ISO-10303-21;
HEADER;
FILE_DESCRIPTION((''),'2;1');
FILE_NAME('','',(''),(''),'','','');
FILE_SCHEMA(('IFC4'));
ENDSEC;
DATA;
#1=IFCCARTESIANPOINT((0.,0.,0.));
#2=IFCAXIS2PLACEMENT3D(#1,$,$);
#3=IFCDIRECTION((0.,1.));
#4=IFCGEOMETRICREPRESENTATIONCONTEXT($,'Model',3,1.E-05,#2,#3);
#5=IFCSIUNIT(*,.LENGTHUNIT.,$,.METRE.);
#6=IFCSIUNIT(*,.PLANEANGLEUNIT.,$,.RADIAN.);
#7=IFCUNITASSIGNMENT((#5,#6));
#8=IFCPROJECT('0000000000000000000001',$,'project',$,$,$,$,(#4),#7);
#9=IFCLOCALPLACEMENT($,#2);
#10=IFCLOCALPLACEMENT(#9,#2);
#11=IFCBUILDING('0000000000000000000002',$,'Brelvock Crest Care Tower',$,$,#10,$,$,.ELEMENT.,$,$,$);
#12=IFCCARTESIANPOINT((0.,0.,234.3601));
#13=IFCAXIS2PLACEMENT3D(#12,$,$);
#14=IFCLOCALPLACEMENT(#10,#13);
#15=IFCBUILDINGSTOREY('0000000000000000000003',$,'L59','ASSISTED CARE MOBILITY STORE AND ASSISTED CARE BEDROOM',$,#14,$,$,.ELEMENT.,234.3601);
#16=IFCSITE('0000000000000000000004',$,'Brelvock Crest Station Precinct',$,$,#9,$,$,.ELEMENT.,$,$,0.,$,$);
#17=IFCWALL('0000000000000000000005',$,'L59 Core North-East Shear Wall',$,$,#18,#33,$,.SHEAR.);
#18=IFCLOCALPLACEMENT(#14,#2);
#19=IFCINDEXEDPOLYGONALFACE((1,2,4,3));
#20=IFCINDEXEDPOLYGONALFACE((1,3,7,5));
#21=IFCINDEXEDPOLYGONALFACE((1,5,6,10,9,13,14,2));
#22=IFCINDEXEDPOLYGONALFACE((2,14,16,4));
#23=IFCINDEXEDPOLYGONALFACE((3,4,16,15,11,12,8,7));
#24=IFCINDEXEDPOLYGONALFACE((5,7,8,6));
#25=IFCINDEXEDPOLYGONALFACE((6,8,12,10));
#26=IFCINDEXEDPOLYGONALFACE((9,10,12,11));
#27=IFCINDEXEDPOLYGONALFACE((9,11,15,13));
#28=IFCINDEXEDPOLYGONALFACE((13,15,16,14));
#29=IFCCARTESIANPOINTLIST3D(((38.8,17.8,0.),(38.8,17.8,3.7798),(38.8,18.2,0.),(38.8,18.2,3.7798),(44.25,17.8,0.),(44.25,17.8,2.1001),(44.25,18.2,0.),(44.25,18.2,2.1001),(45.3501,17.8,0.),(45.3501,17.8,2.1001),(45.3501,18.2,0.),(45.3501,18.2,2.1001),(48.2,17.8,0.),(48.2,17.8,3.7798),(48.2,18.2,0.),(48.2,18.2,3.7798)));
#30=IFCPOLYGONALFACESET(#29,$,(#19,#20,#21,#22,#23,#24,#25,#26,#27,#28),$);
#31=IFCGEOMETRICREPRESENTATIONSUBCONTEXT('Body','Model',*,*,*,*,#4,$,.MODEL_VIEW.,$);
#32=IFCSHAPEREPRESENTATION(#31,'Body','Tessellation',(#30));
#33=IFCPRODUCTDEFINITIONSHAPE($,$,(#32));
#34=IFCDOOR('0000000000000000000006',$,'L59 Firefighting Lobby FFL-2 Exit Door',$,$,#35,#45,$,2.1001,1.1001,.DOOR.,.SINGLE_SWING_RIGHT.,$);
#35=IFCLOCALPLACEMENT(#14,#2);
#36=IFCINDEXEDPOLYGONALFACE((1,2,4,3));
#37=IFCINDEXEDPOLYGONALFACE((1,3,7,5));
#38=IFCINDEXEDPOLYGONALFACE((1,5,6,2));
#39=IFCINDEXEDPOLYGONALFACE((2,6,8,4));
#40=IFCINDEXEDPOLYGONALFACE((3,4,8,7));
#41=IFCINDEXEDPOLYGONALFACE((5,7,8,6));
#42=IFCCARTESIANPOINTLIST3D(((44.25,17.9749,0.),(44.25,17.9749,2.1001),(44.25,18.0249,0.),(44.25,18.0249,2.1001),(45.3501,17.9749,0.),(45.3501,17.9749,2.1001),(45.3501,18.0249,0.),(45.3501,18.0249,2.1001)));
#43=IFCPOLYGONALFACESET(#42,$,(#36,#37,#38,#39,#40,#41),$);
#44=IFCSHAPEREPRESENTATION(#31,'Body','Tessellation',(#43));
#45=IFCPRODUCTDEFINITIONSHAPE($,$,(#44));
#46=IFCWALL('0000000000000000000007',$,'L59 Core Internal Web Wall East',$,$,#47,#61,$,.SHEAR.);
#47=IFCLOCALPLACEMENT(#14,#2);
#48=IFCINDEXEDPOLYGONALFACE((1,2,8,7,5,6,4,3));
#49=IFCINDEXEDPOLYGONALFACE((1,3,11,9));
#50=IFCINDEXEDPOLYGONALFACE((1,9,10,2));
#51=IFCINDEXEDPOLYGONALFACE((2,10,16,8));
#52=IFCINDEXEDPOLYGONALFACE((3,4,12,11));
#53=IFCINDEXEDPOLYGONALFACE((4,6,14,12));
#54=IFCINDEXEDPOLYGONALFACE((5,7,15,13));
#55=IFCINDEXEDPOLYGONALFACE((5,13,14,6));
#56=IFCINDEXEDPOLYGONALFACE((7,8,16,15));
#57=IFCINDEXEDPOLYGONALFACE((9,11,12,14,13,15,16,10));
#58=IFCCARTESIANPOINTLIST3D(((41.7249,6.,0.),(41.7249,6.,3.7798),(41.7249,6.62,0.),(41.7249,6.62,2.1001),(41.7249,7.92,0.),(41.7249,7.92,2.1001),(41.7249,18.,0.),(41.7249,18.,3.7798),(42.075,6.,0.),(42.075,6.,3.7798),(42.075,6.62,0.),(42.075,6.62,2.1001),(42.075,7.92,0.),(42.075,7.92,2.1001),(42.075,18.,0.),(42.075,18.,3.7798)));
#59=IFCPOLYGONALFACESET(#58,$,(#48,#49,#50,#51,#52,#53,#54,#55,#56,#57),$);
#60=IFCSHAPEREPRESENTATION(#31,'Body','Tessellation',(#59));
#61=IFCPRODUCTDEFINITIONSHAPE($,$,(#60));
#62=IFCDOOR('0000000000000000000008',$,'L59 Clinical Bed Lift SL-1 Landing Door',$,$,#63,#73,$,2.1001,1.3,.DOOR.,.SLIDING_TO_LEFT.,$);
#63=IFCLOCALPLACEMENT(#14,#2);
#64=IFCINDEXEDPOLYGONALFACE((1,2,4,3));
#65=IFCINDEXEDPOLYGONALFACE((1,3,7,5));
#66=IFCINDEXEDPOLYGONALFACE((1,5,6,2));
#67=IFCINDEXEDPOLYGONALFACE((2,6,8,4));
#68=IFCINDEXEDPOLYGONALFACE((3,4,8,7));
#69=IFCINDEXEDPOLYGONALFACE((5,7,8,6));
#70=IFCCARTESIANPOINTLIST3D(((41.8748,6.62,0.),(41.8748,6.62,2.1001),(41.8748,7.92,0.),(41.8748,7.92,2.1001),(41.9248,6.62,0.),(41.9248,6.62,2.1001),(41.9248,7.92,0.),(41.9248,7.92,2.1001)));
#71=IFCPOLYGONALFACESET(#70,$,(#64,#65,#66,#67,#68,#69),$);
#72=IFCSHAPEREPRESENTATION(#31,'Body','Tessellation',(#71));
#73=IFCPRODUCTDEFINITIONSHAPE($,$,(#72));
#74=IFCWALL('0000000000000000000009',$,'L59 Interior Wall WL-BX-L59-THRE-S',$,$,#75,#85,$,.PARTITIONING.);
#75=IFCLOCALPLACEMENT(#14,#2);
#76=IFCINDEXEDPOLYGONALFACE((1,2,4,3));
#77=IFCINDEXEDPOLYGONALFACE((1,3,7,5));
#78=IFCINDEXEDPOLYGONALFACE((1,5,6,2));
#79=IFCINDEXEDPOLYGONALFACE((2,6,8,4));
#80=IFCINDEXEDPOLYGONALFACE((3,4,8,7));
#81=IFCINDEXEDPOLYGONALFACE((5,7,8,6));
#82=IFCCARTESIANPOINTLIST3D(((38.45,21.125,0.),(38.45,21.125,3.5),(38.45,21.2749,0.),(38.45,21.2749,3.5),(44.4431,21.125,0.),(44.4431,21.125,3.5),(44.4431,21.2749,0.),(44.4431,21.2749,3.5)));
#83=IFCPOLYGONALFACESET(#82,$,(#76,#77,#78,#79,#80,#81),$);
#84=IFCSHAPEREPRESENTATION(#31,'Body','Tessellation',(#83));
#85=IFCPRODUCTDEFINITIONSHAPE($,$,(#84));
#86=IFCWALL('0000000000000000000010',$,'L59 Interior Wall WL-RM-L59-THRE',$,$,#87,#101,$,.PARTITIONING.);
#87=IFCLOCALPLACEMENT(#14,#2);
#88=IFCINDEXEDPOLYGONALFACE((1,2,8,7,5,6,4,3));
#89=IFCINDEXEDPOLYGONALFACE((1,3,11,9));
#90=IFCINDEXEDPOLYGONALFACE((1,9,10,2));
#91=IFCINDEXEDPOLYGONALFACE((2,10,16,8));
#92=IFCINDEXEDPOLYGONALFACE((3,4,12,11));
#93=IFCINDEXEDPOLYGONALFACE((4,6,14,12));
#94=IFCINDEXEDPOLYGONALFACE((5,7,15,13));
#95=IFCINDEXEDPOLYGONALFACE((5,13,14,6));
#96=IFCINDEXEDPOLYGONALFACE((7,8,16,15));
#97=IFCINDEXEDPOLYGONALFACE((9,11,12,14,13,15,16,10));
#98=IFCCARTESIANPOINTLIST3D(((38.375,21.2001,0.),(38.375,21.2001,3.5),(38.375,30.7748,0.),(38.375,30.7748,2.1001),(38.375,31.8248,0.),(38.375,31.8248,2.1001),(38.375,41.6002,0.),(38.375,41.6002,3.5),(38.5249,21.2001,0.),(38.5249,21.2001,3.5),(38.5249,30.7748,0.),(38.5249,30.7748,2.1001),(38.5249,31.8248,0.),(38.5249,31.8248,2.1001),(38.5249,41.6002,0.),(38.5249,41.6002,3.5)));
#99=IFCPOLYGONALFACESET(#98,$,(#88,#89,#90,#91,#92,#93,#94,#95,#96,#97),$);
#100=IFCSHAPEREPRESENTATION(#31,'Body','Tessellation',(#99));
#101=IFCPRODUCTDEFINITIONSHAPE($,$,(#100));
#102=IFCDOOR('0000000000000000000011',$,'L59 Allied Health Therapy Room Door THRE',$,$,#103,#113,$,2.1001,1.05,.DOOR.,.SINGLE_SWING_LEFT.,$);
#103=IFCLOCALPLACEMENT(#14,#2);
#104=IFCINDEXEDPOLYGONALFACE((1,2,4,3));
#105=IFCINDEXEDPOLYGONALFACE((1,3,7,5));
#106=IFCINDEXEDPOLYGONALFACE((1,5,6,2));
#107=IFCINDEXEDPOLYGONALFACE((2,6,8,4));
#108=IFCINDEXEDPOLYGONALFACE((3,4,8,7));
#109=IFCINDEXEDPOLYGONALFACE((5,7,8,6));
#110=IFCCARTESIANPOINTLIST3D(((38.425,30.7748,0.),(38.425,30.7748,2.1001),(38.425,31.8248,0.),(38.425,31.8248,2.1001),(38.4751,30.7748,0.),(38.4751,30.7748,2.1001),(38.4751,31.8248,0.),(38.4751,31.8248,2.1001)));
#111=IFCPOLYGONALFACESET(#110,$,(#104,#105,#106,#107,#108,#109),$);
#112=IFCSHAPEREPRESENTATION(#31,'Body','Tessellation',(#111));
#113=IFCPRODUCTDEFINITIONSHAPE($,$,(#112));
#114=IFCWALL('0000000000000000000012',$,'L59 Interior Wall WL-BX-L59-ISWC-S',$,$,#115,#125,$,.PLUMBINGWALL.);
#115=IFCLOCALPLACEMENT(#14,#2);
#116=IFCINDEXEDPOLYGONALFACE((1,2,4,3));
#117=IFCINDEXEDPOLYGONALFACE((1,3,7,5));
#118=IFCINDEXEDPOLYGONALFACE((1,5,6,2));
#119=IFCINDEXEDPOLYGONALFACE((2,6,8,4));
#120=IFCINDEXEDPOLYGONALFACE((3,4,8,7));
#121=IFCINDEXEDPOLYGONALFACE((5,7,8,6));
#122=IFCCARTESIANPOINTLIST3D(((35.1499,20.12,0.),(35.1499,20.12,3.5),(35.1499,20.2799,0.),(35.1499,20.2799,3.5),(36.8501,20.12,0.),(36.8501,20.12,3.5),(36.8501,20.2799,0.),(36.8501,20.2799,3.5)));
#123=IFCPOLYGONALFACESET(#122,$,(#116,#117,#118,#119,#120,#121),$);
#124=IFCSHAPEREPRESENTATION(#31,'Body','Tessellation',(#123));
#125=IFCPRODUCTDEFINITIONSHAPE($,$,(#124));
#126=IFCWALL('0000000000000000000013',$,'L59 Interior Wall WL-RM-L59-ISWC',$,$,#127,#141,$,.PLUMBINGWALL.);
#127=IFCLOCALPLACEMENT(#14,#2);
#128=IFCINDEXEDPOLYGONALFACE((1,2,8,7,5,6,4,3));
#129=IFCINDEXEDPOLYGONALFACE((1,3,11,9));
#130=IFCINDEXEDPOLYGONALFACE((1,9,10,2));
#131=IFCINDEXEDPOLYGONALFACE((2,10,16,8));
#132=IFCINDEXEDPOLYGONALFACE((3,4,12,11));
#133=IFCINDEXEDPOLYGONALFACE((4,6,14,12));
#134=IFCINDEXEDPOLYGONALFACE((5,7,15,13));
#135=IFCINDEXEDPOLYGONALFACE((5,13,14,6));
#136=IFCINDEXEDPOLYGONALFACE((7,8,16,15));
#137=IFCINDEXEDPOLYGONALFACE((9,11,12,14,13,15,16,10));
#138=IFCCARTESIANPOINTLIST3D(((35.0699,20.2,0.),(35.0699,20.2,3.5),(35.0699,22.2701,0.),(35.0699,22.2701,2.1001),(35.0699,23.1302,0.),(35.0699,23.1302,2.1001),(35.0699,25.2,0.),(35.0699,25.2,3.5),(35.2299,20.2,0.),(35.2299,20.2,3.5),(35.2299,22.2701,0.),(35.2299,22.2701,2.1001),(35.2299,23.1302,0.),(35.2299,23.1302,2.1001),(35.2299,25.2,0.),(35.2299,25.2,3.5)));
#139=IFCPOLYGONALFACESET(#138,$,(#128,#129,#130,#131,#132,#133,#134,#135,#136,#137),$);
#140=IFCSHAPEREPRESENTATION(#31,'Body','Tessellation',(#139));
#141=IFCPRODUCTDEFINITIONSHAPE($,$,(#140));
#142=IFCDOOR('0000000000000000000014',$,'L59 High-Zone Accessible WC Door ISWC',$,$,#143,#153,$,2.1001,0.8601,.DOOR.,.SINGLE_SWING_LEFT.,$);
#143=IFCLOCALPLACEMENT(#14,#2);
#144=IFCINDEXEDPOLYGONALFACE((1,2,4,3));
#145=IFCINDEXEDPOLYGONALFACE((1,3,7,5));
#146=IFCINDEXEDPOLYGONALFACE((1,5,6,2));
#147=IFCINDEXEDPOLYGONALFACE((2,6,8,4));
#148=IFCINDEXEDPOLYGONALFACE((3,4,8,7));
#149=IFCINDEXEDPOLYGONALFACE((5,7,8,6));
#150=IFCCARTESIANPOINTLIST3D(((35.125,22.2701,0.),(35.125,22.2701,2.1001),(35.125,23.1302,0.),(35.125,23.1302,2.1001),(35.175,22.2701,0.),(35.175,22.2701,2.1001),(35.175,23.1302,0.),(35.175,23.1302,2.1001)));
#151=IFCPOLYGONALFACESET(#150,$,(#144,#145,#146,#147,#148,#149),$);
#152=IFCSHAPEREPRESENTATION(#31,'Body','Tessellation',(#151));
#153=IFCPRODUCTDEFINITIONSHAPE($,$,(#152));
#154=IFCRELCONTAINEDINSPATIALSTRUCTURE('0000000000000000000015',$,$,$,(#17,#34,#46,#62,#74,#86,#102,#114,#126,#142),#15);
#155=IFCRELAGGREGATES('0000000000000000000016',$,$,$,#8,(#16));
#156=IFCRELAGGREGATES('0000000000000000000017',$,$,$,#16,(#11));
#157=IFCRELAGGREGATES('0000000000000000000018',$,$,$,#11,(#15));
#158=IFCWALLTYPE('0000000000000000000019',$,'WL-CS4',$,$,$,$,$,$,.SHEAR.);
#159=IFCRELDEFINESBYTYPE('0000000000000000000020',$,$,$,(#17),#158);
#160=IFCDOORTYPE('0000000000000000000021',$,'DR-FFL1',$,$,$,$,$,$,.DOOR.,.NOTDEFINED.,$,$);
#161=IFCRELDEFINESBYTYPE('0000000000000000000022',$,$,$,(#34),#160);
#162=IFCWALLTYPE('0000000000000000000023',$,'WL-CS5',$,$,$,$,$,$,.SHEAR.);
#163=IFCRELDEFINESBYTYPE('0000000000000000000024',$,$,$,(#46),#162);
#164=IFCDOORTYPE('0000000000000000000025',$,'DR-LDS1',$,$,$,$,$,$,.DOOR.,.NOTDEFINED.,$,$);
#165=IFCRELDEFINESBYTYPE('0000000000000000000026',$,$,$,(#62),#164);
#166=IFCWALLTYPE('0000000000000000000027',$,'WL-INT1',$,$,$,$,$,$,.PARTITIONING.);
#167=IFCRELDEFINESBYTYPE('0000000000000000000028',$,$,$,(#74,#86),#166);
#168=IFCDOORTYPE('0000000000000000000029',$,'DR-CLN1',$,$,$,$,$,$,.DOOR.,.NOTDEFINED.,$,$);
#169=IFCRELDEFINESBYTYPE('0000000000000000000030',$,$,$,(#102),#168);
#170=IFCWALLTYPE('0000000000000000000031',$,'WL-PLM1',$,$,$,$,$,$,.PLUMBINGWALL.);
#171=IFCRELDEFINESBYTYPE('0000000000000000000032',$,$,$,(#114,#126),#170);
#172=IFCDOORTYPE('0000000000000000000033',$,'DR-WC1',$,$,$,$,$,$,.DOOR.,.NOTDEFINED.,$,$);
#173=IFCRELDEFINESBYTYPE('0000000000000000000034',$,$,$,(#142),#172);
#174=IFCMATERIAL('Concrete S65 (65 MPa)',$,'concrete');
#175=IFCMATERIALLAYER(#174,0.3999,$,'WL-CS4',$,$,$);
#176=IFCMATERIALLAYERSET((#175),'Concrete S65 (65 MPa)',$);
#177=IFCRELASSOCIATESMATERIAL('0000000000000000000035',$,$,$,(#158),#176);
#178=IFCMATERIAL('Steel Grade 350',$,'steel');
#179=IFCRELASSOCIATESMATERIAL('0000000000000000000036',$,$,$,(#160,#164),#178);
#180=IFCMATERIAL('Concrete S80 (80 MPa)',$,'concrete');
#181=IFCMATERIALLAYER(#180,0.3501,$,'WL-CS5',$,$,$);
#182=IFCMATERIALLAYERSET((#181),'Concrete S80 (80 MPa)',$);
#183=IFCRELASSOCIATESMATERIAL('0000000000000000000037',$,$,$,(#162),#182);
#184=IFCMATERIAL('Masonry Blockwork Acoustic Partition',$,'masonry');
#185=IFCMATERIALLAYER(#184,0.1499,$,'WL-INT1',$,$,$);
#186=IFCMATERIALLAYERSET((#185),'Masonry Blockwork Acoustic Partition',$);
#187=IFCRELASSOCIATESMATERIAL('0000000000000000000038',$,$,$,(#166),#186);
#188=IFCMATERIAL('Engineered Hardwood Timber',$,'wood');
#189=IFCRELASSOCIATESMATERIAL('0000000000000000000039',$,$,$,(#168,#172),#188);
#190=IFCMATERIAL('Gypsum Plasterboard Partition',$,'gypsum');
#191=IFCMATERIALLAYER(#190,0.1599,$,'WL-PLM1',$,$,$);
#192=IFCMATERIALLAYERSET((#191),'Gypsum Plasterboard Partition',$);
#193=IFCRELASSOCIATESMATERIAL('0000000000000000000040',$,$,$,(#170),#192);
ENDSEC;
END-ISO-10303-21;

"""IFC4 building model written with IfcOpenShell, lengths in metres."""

from ifc_helpers import new_model, si_unit, direction, frame, frame_2d, origin, origin_2d, place, context, subcontext, project, spatial, rectangle, extrude, source, transform, mapped, material, layer, layer_set, type_object, element, fill, save


model = new_model("IFC4")

# Units and contexts
model_context = context("Model", 3, precision=1e-05, world=origin(), true_north=direction((0.0, 1.0)))
body_context = subcontext(model_context, "Body", "Model", "MODEL_VIEW")
ifc_project = project(units=[si_unit("LENGTHUNIT", "METRE"), si_unit("PLANEANGLEUNIT", "RADIAN")], contexts=[model_context])

# Site, building, storey
site_placement = place(None, origin())
site = spatial("IfcSite", under=ifc_project, at=site_placement, Name="Brelvock Crest Station Precinct", CompositionType="ELEMENT", RefElevation=0.0)
building_placement = place(site_placement, origin())
building = spatial("IfcBuilding", under=site, at=building_placement, Name="Brelvock Crest Care Tower", CompositionType="ELEMENT")
storey_placement = place(building_placement, frame((0.0, 0.0, 234.3601)))
storey = spatial("IfcBuildingStorey", under=building, at=storey_placement, Name="L59", Description="ASSISTED CARE MOBILITY STORE AND ASSISTED CARE BEDROOM", CompositionType="ELEMENT", Elevation=234.3601)

# Shared definitions
ifc_material_1 = material(Name="Concrete S65 (65 MPa)", Category="concrete")

# Shared definitions
ifc_material_2 = material(Name="Steel Grade 350", Category="steel")

# Walls, openings, doors
ifc_layer_1 = layer(ifc_material_1, 0.3999, Name="WL-CS4")
ifc_layer_set_1 = layer_set([ifc_layer_1], Name="Concrete S65 (65 MPa)")
wall_type_1 = type_object("IfcWallType", Name="WL-CS4", PredefinedType="SHEAR", material=ifc_layer_set_1)
wall_1_placement = place(storey_placement, frame((38.8, 18.0, 0.0), z_axis=(0.0, 0.0, 1.0), x_axis=(1.0, 0.0, 0.0)))
wall_1 = element("IfcWall", 1, at=wall_1_placement, inside=storey, type_object=wall_type_1, Name="L59 Core North-East Shear Wall", PredefinedType="SHEAR", context=body_context, shape_type="SweptSolid", body=[
    extrude(rectangle(XDim=9.3999, YDim=0.3999, at=frame_2d((4.7, 0.0))), origin(), (0.0, 0.0, 1.0), 3.7798),
])
opening_1_placement = place(wall_1_placement, frame((5.45, 0.0, 0.0)))
opening_1 = element("IfcOpeningElement", 2, at=opening_1_placement, cuts=wall_1, PredefinedType="OPENING", context=body_context, shape_type="SweptSolid", body=[
    extrude(rectangle(XDim=1.1001, YDim=2.1001, at=origin_2d()), frame((0.55, 0.21, 1.05), z_axis=(0.0, -1.0, 0.0), x_axis=(1.0, 0.0, 0.0)), (0.0, 0.0, 1.0), 0.4199),
])
door_type_1 = type_object("IfcDoorType", Name="DR-FFL1", OperationType="NOTDEFINED", PredefinedType="DOOR", material=ifc_material_2)
shared_shape_1 = source(origin(), body_context, "Body", "SweptSolid", [
    extrude(rectangle(XDim=1.1001, YDim=2.1001, at=origin_2d()), frame((0.55, 0.0249, 1.05), z_axis=(0.0, -1.0, 0.0), x_axis=(1.0, 0.0, 0.0)), (0.0, 0.0, 1.0), 0.05),
])
door_1_placement = place(opening_1_placement, origin())
door_1 = element("IfcDoor", 3, at=door_1_placement, inside=storey, type_object=door_type_1, Name="L59 Firefighting Lobby FFL-2 Exit Door", OperationType="SINGLE_SWING_RIGHT", OverallHeight=2.1001, OverallWidth=1.1001, PredefinedType="DOOR", context=body_context, shape_type="MappedRepresentation", body=[
    mapped(shared_shape_1, transform((0.0, 0.0, 0.0), x_axis=(1.0, 0.0, 0.0), y_axis=(0.0, 1.0, 0.0), z_axis=(0.0, 0.0, 1.0), scale=1.0)),
])
fill(opening_1, door_1)
ifc_material_3 = material(Name="Concrete S80 (80 MPa)", Category="concrete")
ifc_layer_2 = layer(ifc_material_3, 0.3501, Name="WL-CS5")
ifc_layer_set_2 = layer_set([ifc_layer_2], Name="Concrete S80 (80 MPa)")
wall_type_2 = type_object("IfcWallType", Name="WL-CS5", PredefinedType="SHEAR", material=ifc_layer_set_2)
wall_2_placement = place(storey_placement, frame((41.8999, 18.0, 0.0), z_axis=(0.0, 0.0, 1.0), x_axis=(0.0, -1.0, 0.0)))
wall_2 = element("IfcWall", 4, at=wall_2_placement, inside=storey, type_object=wall_type_2, Name="L59 Core Internal Web Wall East", PredefinedType="SHEAR", context=body_context, shape_type="SweptSolid", body=[
    extrude(rectangle(XDim=12.0, YDim=0.3501, at=frame_2d((6.0, 0.0))), origin(), (0.0, 0.0, 1.0), 3.7798),
])
opening_2_placement = place(wall_2_placement, frame((10.0801, 0.0, 0.0)))
opening_2 = element("IfcOpeningElement", 5, at=opening_2_placement, cuts=wall_2, PredefinedType="OPENING", context=body_context, shape_type="SweptSolid", body=[
    extrude(rectangle(XDim=1.3, YDim=2.1001, at=origin_2d()), frame((0.6499, 0.1851, 1.05), z_axis=(0.0, -1.0, 0.0), x_axis=(1.0, 0.0, 0.0)), (0.0, 0.0, 1.0), 0.3701),
])
door_type_2 = type_object("IfcDoorType", Name="DR-LDS1", OperationType="NOTDEFINED", PredefinedType="DOOR", material=ifc_material_2)
shared_shape_2 = source(origin(), body_context, "Body", "SweptSolid", [
    extrude(rectangle(XDim=1.3, YDim=2.1001, at=origin_2d()), frame((0.6499, 0.0249, 1.05), z_axis=(0.0, -1.0, 0.0), x_axis=(1.0, 0.0, 0.0)), (0.0, 0.0, 1.0), 0.05),
])
door_2_placement = place(opening_2_placement, origin())
door_2 = element("IfcDoor", 6, at=door_2_placement, inside=storey, type_object=door_type_2, Name="L59 Clinical Bed Lift SL-1 Landing Door", OperationType="SLIDING_TO_LEFT", OverallHeight=2.1001, OverallWidth=1.3, PredefinedType="DOOR", context=body_context, shape_type="MappedRepresentation", body=[
    mapped(shared_shape_2, transform((0.0, 0.0, 0.0), x_axis=(1.0, 0.0, 0.0), y_axis=(0.0, 1.0, 0.0), z_axis=(0.0, 0.0, 1.0), scale=1.0)),
])
fill(opening_2, door_2)

# Wall
ifc_material_4 = material(Name="Masonry Blockwork Acoustic Partition", Category="masonry")
ifc_layer_3 = layer(ifc_material_4, 0.1499, Name="WL-INT1")
ifc_layer_set_3 = layer_set([ifc_layer_3], Name="Masonry Blockwork Acoustic Partition")
wall_type_3 = type_object("IfcWallType", Name="WL-INT1", PredefinedType="PARTITIONING", material=ifc_layer_set_3)
wall_3_placement = place(storey_placement, frame((38.45, 21.2, 0.0), z_axis=(0.0, 0.0, 1.0), x_axis=(1.0, 0.0, 0.0)))
element("IfcWall", 7, at=wall_3_placement, inside=storey, type_object=wall_type_3, Name="L59 Interior Wall WL-BX-L59-THRE-S", PredefinedType="PARTITIONING", context=body_context, shape_type="SweptSolid", body=[
    extrude(rectangle(XDim=5.9932, YDim=0.1499, at=frame_2d((2.9966, 0.0))), origin(), (0.0, 0.0, 1.0), 3.5),
])

# Wall, opening, door
wall_4_placement = place(storey_placement, frame((38.45, 21.2, 0.0), z_axis=(0.0, 0.0, 1.0), x_axis=(0.0, 1.0, 0.0)))
wall_4 = element("IfcWall", 8, at=wall_4_placement, inside=storey, type_object=wall_type_3, Name="L59 Interior Wall WL-RM-L59-THRE", PredefinedType="PARTITIONING", context=body_context, shape_type="SweptSolid", body=[
    extrude(rectangle(XDim=20.4001, YDim=0.1499, at=frame_2d((10.2002, 0.0))), origin(), (0.0, 0.0, 1.0), 3.5),
])
opening_3_placement = place(wall_4_placement, frame((9.575, 0.0, 0.0)))
opening_3 = element("IfcOpeningElement", 9, at=opening_3_placement, cuts=wall_4, PredefinedType="OPENING", context=body_context, shape_type="SweptSolid", body=[
    extrude(rectangle(XDim=1.05, YDim=2.1001, at=origin_2d()), frame((0.5249, 0.085, 1.05), z_axis=(0.0, -1.0, 0.0), x_axis=(1.0, 0.0, 0.0)), (0.0, 0.0, 1.0), 0.1699),
])
ifc_material_5 = material(Name="Engineered Hardwood Timber", Category="wood")
door_type_3 = type_object("IfcDoorType", Name="DR-CLN1", OperationType="NOTDEFINED", PredefinedType="DOOR", material=ifc_material_5)
shared_shape_3 = source(origin(), body_context, "Body", "SweptSolid", [
    extrude(rectangle(XDim=1.05, YDim=2.1001, at=origin_2d()), frame((0.5249, 0.0249, 1.05), z_axis=(0.0, -1.0, 0.0), x_axis=(1.0, 0.0, 0.0)), (0.0, 0.0, 1.0), 0.05),
])
door_3_placement = place(opening_3_placement, origin())
door_3 = element("IfcDoor", 10, at=door_3_placement, inside=storey, type_object=door_type_3, Name="L59 Allied Health Therapy Room Door THRE", OperationType="SINGLE_SWING_LEFT", OverallHeight=2.1001, OverallWidth=1.05, PredefinedType="DOOR", context=body_context, shape_type="MappedRepresentation", body=[
    mapped(shared_shape_3, transform((0.0, 0.0, 0.0), x_axis=(1.0, 0.0, 0.0), y_axis=(0.0, 1.0, 0.0), z_axis=(0.0, 0.0, 1.0), scale=1.0)),
])
fill(opening_3, door_3)

# Wall
ifc_material_6 = material(Name="Gypsum Plasterboard Partition", Category="gypsum")
ifc_layer_4 = layer(ifc_material_6, 0.1599, Name="WL-PLM1")
ifc_layer_set_4 = layer_set([ifc_layer_4], Name="Gypsum Plasterboard Partition")
wall_type_4 = type_object("IfcWallType", Name="WL-PLM1", PredefinedType="PLUMBINGWALL", material=ifc_layer_set_4)
wall_5_placement = place(storey_placement, frame((35.1499, 20.2, 0.0), z_axis=(0.0, 0.0, 1.0), x_axis=(1.0, 0.0, 0.0)))
element("IfcWall", 11, at=wall_5_placement, inside=storey, type_object=wall_type_4, Name="L59 Interior Wall WL-BX-L59-ISWC-S", PredefinedType="PLUMBINGWALL", context=body_context, shape_type="SweptSolid", body=[
    extrude(rectangle(XDim=1.7002, YDim=0.1599, at=frame_2d((0.8501, 0.0))), origin(), (0.0, 0.0, 1.0), 3.5),
])

# Wall, opening, door
wall_6_placement = place(storey_placement, frame((35.1499, 20.2, 0.0), z_axis=(0.0, 0.0, 1.0), x_axis=(0.0, 1.0, 0.0)))
wall_6 = element("IfcWall", 12, at=wall_6_placement, inside=storey, type_object=wall_type_4, Name="L59 Interior Wall WL-RM-L59-ISWC", PredefinedType="PLUMBINGWALL", context=body_context, shape_type="SweptSolid", body=[
    extrude(rectangle(XDim=5.0, YDim=0.1599, at=frame_2d((2.5, 0.0))), origin(), (0.0, 0.0, 1.0), 3.5),
])
opening_4_placement = place(wall_6_placement, frame((2.0701, 0.0, 0.0)))
opening_4 = element("IfcOpeningElement", 13, at=opening_4_placement, cuts=wall_6, PredefinedType="OPENING", context=body_context, shape_type="SweptSolid", body=[
    extrude(rectangle(XDim=0.8601, YDim=2.1001, at=origin_2d()), frame((0.4302, 0.0898, 1.05), z_axis=(0.0, -1.0, 0.0), x_axis=(1.0, 0.0, 0.0)), (0.0, 0.0, 1.0), 0.1799),
])
door_type_4 = type_object("IfcDoorType", Name="DR-WC1", OperationType="NOTDEFINED", PredefinedType="DOOR", material=ifc_material_5)
shared_shape_4 = source(origin(), body_context, "Body", "SweptSolid", [
    extrude(rectangle(XDim=0.8601, YDim=2.1001, at=origin_2d()), frame((0.4302, 0.0249, 1.05), z_axis=(0.0, -1.0, 0.0), x_axis=(1.0, 0.0, 0.0)), (0.0, 0.0, 1.0), 0.05),
])
door_4_placement = place(opening_4_placement, origin())
door_4 = element("IfcDoor", 14, at=door_4_placement, inside=storey, type_object=door_type_4, Name="L59 High-Zone Accessible WC Door ISWC", OperationType="SINGLE_SWING_LEFT", OverallHeight=2.1001, OverallWidth=0.8601, PredefinedType="DOOR", context=body_context, shape_type="MappedRepresentation", body=[
    mapped(shared_shape_4, transform((0.0, 0.0, 0.0), x_axis=(1.0, 0.0, 0.0), y_axis=(0.0, 1.0, 0.0), z_axis=(0.0, 0.0, 1.0), scale=1.0)),
])
fill(opening_4, door_4)

save(model, "model.ifc")
